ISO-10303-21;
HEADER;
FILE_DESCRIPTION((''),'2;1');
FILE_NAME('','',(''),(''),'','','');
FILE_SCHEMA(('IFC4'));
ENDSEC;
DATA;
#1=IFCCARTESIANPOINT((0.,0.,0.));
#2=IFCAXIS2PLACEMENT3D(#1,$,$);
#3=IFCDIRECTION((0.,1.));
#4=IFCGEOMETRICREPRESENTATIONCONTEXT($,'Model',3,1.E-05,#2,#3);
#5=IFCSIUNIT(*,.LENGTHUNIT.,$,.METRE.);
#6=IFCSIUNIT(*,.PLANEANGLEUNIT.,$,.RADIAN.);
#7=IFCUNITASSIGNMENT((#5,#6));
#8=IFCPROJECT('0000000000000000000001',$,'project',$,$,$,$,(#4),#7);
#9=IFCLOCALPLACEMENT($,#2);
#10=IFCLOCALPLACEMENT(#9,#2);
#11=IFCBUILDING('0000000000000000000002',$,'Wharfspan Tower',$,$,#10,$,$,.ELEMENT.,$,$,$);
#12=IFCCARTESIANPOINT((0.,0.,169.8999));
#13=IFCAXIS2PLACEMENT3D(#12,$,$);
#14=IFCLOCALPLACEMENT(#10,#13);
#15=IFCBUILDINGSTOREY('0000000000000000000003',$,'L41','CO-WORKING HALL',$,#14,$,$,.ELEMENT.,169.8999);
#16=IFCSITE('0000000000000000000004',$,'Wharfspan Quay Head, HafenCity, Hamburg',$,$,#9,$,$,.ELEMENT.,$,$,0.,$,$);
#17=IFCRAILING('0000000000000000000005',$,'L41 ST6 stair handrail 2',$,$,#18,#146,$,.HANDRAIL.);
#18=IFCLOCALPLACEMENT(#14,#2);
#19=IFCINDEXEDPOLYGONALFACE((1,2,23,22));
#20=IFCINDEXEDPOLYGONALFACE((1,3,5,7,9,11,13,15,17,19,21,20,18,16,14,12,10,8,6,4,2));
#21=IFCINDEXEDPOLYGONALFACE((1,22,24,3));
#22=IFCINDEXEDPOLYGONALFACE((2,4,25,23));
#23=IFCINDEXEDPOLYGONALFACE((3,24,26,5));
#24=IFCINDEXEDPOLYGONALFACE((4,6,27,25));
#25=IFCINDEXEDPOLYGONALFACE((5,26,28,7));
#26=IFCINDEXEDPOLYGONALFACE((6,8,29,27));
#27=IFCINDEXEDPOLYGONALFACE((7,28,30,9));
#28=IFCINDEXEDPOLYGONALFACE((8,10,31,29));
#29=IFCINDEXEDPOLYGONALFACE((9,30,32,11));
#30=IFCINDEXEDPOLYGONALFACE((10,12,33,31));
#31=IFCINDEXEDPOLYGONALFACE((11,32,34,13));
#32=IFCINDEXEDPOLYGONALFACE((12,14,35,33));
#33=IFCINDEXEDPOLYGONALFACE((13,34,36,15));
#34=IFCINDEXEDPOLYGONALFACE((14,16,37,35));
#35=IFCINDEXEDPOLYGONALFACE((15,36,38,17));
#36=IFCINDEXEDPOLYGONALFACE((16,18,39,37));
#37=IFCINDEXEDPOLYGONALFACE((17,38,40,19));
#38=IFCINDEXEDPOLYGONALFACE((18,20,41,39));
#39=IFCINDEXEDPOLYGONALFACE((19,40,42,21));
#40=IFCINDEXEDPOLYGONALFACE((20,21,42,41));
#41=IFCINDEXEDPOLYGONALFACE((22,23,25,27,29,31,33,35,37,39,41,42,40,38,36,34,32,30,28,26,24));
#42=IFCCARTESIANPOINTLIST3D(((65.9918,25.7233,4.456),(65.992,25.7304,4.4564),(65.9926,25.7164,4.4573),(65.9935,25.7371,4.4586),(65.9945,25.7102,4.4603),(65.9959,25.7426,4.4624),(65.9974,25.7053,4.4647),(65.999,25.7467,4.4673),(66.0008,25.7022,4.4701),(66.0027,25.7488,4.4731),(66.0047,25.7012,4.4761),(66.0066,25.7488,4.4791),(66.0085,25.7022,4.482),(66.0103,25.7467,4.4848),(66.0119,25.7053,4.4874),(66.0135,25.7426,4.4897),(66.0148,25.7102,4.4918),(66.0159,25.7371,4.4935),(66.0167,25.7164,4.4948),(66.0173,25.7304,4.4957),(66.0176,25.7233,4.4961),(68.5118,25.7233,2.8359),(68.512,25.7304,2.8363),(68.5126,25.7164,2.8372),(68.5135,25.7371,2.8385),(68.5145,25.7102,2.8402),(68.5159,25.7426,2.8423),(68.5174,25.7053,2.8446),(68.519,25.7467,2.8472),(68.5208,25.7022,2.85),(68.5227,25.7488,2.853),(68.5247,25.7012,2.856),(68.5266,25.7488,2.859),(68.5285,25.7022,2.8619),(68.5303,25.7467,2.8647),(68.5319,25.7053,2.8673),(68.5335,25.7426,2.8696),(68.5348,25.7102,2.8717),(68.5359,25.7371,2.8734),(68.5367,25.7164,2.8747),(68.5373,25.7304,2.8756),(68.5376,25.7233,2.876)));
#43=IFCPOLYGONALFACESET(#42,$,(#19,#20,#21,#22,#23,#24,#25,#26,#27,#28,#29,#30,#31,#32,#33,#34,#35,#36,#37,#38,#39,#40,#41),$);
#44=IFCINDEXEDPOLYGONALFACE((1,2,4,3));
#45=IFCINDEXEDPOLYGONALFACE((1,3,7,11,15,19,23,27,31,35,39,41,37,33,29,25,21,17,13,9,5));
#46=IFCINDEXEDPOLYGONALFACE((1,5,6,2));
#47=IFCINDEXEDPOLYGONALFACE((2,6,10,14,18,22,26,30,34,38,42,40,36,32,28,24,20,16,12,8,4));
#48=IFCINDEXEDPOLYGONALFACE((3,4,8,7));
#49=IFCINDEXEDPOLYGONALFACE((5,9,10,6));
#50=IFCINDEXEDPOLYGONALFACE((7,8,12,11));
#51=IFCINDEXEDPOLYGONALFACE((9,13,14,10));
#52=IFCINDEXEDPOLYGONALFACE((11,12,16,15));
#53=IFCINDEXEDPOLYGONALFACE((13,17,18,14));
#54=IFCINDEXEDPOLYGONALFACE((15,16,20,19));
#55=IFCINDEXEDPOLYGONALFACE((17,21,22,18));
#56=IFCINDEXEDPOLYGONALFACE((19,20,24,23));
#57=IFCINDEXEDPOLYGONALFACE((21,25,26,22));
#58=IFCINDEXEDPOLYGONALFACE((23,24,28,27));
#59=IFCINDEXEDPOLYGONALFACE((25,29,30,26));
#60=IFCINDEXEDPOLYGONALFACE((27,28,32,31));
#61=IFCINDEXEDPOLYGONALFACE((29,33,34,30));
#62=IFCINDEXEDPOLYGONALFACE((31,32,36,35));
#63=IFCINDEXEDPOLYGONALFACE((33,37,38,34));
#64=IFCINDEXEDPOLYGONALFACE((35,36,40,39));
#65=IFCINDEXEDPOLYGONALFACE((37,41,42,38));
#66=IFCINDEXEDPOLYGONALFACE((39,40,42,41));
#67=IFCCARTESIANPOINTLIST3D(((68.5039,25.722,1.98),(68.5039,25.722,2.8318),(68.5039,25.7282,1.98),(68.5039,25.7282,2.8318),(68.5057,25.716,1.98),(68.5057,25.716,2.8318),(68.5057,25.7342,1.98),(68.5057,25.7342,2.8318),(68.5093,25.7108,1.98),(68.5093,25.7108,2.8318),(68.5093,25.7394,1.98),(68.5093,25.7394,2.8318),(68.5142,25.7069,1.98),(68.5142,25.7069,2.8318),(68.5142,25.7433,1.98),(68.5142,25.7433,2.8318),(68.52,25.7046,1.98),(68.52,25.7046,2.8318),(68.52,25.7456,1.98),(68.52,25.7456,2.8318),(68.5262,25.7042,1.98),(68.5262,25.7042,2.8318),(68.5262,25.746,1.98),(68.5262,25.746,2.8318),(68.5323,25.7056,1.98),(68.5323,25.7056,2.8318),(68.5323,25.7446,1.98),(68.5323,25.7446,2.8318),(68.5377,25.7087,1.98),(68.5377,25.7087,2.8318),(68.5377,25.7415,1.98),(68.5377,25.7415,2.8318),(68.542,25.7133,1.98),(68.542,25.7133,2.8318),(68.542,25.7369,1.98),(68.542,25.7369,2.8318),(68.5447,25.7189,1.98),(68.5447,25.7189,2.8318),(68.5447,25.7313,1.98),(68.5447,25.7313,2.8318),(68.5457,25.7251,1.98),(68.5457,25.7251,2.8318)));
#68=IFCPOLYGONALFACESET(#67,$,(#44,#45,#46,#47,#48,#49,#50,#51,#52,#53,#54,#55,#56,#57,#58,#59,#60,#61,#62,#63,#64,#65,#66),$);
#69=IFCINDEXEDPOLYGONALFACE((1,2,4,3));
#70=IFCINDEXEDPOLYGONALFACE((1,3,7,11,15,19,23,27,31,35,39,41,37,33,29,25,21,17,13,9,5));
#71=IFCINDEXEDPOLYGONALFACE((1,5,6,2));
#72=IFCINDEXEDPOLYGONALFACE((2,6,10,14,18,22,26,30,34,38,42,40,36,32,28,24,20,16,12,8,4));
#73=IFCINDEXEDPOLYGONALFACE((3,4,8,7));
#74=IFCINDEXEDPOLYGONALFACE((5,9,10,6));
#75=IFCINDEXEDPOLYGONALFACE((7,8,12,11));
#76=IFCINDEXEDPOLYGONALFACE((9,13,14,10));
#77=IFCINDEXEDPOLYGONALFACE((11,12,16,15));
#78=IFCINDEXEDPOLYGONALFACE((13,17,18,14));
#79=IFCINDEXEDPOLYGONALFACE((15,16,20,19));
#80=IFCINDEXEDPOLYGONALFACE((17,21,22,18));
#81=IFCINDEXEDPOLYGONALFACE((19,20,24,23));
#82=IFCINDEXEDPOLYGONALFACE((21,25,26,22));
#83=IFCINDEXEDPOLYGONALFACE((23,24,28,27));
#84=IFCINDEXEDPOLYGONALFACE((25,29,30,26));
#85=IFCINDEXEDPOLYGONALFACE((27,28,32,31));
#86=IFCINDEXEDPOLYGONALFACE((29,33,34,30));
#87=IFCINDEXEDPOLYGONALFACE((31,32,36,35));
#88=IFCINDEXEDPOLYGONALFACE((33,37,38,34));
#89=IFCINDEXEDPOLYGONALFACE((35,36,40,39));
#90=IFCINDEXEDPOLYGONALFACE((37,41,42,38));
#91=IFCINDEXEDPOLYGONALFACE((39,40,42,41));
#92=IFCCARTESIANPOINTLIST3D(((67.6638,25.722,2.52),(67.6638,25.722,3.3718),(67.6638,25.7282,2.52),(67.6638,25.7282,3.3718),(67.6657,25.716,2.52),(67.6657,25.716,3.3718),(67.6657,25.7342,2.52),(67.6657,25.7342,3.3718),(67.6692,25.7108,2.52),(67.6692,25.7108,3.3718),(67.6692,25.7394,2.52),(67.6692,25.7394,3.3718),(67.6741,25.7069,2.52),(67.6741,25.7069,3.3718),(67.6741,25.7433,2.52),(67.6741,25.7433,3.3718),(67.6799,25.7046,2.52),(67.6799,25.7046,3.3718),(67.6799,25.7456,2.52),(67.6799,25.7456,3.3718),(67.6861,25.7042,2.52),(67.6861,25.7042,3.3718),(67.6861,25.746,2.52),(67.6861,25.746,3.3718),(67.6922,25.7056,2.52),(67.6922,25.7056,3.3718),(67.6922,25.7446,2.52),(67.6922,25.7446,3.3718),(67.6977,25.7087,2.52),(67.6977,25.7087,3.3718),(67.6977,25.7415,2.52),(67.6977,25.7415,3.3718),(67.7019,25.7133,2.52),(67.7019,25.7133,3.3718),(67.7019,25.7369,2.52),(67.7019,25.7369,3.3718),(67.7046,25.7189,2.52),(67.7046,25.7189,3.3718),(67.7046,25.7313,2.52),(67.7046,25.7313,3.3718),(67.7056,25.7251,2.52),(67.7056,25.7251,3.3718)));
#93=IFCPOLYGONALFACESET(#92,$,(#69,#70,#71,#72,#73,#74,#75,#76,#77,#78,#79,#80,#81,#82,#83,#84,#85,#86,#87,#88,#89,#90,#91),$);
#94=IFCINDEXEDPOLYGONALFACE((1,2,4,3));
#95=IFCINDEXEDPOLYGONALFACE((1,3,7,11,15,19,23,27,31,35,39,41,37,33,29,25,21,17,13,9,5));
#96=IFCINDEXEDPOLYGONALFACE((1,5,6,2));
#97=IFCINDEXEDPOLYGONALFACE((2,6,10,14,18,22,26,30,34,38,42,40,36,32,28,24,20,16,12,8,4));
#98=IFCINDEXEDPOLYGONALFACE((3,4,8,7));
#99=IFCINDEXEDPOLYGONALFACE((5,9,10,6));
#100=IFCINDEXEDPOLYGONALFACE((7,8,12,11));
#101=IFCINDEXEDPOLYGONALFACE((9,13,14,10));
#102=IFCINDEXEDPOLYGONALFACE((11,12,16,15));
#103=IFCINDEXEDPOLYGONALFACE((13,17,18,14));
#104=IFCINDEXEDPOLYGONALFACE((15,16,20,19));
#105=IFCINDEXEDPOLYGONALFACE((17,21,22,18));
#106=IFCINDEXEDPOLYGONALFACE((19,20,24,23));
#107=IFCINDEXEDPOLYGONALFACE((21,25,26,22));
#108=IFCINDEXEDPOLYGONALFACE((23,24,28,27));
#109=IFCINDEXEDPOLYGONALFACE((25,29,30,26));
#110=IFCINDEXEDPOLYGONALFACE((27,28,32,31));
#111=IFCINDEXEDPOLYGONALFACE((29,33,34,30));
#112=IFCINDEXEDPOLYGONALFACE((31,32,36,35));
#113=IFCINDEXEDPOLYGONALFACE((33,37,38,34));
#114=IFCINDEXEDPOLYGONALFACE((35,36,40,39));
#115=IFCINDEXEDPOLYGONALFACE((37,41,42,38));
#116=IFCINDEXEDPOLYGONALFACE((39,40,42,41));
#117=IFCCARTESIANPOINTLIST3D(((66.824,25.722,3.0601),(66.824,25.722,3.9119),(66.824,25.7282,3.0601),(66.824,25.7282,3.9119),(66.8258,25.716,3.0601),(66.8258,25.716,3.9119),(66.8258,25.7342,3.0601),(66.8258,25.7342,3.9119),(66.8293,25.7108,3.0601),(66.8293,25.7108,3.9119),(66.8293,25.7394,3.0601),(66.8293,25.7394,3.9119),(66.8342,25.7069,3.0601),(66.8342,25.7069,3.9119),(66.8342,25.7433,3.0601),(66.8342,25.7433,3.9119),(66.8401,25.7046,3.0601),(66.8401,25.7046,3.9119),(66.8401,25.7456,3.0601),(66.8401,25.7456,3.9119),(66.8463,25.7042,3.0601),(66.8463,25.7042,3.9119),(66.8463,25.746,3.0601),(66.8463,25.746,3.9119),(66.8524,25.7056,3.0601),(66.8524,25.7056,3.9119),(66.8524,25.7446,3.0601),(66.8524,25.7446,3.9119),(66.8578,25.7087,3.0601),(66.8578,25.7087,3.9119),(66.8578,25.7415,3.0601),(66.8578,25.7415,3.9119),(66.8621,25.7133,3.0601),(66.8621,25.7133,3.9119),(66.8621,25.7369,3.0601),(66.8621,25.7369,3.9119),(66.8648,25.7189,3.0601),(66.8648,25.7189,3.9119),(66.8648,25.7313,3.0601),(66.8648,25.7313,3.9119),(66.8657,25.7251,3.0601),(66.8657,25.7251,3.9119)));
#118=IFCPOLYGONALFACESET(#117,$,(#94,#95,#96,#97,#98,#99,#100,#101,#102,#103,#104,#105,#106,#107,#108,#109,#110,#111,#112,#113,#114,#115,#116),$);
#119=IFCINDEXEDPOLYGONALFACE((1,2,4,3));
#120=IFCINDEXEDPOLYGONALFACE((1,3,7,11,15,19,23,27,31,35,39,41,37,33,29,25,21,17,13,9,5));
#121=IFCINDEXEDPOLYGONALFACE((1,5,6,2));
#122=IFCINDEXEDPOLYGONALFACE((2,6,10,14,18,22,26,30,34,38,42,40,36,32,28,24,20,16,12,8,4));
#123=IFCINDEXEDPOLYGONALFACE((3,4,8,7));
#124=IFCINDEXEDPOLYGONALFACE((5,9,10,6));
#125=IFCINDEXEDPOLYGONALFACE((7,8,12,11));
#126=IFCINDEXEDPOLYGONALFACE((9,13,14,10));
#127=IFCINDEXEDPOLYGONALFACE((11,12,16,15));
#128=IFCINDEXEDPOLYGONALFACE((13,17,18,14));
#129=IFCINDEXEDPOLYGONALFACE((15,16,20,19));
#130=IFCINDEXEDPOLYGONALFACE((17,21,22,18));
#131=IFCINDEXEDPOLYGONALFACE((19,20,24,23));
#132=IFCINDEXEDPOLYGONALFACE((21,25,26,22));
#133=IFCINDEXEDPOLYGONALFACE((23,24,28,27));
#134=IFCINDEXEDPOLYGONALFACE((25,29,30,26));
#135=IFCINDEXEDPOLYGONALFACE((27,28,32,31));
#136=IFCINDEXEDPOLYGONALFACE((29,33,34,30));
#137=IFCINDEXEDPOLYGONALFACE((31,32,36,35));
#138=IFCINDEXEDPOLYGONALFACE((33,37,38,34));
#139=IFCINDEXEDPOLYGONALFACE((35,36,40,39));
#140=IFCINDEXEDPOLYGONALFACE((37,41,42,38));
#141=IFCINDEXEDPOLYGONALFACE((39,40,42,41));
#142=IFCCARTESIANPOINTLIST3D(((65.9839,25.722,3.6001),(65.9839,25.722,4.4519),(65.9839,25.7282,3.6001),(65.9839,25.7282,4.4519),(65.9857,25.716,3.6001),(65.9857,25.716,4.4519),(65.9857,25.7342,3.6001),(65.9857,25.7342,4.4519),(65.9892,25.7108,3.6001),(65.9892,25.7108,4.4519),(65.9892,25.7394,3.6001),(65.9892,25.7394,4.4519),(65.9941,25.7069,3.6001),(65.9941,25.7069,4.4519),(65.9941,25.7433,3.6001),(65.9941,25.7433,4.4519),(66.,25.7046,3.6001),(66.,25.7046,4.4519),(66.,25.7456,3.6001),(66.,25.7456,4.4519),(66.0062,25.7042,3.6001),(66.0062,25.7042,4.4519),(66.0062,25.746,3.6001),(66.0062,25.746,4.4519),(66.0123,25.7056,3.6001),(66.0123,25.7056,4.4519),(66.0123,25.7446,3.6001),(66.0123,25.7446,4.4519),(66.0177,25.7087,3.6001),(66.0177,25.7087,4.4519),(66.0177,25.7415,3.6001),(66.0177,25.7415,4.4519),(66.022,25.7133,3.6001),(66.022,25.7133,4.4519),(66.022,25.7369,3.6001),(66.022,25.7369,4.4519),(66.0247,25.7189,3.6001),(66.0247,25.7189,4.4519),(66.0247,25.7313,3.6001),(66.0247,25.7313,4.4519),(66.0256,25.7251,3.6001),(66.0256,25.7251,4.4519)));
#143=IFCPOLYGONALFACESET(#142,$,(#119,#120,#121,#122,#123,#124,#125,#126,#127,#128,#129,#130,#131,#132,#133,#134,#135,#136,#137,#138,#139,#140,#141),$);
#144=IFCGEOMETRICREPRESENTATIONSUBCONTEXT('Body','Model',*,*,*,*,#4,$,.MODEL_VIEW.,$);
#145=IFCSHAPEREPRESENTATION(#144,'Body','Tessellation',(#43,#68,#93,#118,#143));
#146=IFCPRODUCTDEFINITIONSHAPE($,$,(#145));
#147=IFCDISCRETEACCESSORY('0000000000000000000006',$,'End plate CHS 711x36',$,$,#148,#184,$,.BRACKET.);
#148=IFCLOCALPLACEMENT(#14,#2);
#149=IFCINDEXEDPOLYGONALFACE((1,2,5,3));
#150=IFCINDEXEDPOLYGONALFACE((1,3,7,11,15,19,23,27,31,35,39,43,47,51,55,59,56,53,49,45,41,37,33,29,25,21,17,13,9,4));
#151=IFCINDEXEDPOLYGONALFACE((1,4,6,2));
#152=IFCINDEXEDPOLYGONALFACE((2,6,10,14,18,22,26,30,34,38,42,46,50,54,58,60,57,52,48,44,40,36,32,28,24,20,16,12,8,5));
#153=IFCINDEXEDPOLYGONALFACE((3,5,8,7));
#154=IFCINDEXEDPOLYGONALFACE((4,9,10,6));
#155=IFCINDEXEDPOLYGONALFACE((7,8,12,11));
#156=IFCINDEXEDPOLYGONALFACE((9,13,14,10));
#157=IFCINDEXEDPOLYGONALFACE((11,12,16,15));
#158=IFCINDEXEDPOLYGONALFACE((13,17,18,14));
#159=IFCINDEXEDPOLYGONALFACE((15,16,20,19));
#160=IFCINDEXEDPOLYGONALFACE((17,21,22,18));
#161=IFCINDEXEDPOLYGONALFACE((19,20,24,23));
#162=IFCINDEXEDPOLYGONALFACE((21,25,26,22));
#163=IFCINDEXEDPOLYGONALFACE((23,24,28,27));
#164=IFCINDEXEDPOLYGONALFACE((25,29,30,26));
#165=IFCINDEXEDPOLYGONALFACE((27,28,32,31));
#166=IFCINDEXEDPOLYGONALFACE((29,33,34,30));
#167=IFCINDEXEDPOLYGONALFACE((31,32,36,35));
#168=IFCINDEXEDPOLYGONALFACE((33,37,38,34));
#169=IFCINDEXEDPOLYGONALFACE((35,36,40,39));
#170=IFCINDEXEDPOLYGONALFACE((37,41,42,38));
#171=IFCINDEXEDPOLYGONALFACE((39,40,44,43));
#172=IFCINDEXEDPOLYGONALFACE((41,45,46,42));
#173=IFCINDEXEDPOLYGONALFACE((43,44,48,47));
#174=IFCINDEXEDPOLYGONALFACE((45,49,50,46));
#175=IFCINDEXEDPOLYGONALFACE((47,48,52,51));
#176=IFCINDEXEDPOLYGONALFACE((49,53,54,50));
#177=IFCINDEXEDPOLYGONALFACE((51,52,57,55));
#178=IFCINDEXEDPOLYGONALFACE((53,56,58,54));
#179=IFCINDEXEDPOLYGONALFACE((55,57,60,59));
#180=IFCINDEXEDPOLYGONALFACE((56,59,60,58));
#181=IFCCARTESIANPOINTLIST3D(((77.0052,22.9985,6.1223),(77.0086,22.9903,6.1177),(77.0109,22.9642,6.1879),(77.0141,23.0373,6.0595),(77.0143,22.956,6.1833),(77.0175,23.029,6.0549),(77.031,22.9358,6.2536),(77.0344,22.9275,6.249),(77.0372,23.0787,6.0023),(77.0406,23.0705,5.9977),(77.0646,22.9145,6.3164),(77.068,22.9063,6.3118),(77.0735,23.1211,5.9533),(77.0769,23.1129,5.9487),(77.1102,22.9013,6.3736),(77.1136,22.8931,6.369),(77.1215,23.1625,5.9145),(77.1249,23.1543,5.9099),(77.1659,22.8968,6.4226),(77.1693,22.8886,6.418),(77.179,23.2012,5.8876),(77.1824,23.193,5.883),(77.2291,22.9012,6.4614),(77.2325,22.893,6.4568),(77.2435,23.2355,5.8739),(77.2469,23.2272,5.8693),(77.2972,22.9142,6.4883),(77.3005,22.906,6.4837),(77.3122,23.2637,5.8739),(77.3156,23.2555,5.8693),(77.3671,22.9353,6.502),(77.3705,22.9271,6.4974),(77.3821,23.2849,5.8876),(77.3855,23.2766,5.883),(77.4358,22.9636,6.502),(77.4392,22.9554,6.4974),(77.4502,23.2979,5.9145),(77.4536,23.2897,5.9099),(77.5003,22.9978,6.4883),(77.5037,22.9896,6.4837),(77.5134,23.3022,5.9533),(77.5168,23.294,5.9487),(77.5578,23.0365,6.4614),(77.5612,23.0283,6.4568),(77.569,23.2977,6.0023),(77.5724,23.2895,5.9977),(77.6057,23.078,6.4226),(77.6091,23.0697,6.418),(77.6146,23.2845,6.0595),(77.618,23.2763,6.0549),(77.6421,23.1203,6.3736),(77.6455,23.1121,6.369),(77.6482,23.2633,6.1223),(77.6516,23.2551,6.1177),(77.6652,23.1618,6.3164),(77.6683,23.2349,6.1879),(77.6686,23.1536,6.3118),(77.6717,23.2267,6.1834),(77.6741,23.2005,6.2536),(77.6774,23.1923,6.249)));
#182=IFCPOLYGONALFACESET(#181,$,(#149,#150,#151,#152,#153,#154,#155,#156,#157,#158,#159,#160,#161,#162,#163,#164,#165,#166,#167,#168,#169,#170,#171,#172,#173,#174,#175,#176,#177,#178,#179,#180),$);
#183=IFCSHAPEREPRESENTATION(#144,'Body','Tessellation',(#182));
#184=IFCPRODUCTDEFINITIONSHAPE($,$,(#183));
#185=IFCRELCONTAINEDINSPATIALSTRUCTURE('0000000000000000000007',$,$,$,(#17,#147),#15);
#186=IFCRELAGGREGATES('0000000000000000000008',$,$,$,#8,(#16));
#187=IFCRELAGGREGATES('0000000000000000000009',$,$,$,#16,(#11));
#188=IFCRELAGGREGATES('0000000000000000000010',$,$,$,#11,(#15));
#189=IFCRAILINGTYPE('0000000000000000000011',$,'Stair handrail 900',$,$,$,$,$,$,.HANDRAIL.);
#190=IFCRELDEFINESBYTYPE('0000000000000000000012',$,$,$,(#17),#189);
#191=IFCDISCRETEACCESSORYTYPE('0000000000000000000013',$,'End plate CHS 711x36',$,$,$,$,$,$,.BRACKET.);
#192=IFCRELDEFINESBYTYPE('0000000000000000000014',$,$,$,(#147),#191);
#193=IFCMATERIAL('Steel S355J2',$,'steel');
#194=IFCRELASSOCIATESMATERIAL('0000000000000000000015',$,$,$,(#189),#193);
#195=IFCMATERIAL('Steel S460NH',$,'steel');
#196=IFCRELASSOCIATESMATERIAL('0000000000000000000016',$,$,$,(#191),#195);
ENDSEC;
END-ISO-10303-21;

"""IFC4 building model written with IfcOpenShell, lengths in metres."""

from ifc_helpers import new_model, si_unit, direction, frame, origin, origin_2d, place, context, subcontext, project, spatial, circle, extrude, material, material_profile, profile_set, type_object, element, save


model = new_model("IFC4")

# Units and contexts
model_context = context("Model", 3, precision=1e-05, world=origin(), true_north=direction((0.0, 1.0)))
body_context = subcontext(model_context, "Body", "Model", "MODEL_VIEW")
ifc_project = project(units=[si_unit("LENGTHUNIT", "METRE"), si_unit("PLANEANGLEUNIT", "RADIAN")], contexts=[model_context])

# Site, building, storey
site_placement = place(None, origin())
site = spatial("IfcSite", under=ifc_project, at=site_placement, Name="Wharfspan Quay Head, HafenCity, Hamburg", CompositionType="ELEMENT", RefElevation=0.0)
building_placement = place(site_placement, origin())
building = spatial("IfcBuilding", under=site, at=building_placement, Name="Wharfspan Tower", CompositionType="ELEMENT")
storey_placement = place(building_placement, frame((0.0, 0.0, 169.8999)))
storey = spatial("IfcBuildingStorey", under=building, at=storey_placement, Name="L41", Description="CO-WORKING HALL", CompositionType="ELEMENT", Elevation=169.8999)

# Railing
ifc_material_1 = material(Name="Steel S355J2", Category="steel")
railing_type_1 = type_object("IfcRailingType", Name="Stair handrail 900", PredefinedType="HANDRAIL", material=ifc_material_1)
railing_1_placement = place(storey_placement, frame((68.5247, 25.7251, 1.98)))
element("IfcRailing", 1, at=railing_1_placement, inside=storey, type_object=railing_type_1, Name="L41 ST6 stair handrail 2", PredefinedType="HANDRAIL", context=body_context, shape_type="SweptSolid", body=[
    extrude(circle(Radius=0.0239, at=origin_2d()), frame((0.0, 0.0, 0.876), z_axis=(-0.841163, 0.0, 0.540782), x_axis=(0.0, -1.0, 0.0)), (0.0, 0.0, 1.0), 2.9958),
    extrude(circle(Radius=0.021, at=origin_2d()), origin(), (0.0, 0.0, 1.0), 0.8518),
    extrude(circle(Radius=0.021, at=origin_2d()), frame((-0.8401, 0.0, 0.54)), (0.0, 0.0, 1.0), 0.8518),
    extrude(circle(Radius=0.021, at=origin_2d()), frame((-1.6799, 0.0, 1.0801)), (0.0, 0.0, 1.0), 0.8518),
    extrude(circle(Radius=0.021, at=origin_2d()), frame((-2.52, 0.0, 1.6201)), (0.0, 0.0, 1.0), 0.8518),
])

# Discrete accessory
ifc_material_2 = material(Name="Steel S460NH", Category="steel")
ifc_material_profile_1 = material_profile(ifc_material_2, circle(Radius=0.3555, at=origin_2d()))
ifc_profile_set_1 = profile_set([ifc_material_profile_1], Name="Steel S460NH")
discrete_accessory_type = type_object("IfcDiscreteAccessoryType", Name="End plate CHS 711x36", PredefinedType="BRACKET", material=ifc_profile_set_1)
for number, where, z_axis, x_axis, name in (
    (2, (77.343, 23.0913, 6.1833), (-0.338259, 0.821486, 0.459066), (-0.924676, -0.380749, 0.0), "End plate CHS 711x36"),
):
    element("IfcDiscreteAccessory", number, at=place(storey_placement, frame(where, z_axis=z_axis, x_axis=x_axis)), inside=storey, type_object=discrete_accessory_type, Name=name, PredefinedType="BRACKET", context=body_context, shape_type="SweptSolid", body=[
        extrude(circle(Radius=0.3555, at=origin_2d()), origin(), (0.0, 0.0, 1.0), 0.01),
    ])

save(model, "model.ifc")
